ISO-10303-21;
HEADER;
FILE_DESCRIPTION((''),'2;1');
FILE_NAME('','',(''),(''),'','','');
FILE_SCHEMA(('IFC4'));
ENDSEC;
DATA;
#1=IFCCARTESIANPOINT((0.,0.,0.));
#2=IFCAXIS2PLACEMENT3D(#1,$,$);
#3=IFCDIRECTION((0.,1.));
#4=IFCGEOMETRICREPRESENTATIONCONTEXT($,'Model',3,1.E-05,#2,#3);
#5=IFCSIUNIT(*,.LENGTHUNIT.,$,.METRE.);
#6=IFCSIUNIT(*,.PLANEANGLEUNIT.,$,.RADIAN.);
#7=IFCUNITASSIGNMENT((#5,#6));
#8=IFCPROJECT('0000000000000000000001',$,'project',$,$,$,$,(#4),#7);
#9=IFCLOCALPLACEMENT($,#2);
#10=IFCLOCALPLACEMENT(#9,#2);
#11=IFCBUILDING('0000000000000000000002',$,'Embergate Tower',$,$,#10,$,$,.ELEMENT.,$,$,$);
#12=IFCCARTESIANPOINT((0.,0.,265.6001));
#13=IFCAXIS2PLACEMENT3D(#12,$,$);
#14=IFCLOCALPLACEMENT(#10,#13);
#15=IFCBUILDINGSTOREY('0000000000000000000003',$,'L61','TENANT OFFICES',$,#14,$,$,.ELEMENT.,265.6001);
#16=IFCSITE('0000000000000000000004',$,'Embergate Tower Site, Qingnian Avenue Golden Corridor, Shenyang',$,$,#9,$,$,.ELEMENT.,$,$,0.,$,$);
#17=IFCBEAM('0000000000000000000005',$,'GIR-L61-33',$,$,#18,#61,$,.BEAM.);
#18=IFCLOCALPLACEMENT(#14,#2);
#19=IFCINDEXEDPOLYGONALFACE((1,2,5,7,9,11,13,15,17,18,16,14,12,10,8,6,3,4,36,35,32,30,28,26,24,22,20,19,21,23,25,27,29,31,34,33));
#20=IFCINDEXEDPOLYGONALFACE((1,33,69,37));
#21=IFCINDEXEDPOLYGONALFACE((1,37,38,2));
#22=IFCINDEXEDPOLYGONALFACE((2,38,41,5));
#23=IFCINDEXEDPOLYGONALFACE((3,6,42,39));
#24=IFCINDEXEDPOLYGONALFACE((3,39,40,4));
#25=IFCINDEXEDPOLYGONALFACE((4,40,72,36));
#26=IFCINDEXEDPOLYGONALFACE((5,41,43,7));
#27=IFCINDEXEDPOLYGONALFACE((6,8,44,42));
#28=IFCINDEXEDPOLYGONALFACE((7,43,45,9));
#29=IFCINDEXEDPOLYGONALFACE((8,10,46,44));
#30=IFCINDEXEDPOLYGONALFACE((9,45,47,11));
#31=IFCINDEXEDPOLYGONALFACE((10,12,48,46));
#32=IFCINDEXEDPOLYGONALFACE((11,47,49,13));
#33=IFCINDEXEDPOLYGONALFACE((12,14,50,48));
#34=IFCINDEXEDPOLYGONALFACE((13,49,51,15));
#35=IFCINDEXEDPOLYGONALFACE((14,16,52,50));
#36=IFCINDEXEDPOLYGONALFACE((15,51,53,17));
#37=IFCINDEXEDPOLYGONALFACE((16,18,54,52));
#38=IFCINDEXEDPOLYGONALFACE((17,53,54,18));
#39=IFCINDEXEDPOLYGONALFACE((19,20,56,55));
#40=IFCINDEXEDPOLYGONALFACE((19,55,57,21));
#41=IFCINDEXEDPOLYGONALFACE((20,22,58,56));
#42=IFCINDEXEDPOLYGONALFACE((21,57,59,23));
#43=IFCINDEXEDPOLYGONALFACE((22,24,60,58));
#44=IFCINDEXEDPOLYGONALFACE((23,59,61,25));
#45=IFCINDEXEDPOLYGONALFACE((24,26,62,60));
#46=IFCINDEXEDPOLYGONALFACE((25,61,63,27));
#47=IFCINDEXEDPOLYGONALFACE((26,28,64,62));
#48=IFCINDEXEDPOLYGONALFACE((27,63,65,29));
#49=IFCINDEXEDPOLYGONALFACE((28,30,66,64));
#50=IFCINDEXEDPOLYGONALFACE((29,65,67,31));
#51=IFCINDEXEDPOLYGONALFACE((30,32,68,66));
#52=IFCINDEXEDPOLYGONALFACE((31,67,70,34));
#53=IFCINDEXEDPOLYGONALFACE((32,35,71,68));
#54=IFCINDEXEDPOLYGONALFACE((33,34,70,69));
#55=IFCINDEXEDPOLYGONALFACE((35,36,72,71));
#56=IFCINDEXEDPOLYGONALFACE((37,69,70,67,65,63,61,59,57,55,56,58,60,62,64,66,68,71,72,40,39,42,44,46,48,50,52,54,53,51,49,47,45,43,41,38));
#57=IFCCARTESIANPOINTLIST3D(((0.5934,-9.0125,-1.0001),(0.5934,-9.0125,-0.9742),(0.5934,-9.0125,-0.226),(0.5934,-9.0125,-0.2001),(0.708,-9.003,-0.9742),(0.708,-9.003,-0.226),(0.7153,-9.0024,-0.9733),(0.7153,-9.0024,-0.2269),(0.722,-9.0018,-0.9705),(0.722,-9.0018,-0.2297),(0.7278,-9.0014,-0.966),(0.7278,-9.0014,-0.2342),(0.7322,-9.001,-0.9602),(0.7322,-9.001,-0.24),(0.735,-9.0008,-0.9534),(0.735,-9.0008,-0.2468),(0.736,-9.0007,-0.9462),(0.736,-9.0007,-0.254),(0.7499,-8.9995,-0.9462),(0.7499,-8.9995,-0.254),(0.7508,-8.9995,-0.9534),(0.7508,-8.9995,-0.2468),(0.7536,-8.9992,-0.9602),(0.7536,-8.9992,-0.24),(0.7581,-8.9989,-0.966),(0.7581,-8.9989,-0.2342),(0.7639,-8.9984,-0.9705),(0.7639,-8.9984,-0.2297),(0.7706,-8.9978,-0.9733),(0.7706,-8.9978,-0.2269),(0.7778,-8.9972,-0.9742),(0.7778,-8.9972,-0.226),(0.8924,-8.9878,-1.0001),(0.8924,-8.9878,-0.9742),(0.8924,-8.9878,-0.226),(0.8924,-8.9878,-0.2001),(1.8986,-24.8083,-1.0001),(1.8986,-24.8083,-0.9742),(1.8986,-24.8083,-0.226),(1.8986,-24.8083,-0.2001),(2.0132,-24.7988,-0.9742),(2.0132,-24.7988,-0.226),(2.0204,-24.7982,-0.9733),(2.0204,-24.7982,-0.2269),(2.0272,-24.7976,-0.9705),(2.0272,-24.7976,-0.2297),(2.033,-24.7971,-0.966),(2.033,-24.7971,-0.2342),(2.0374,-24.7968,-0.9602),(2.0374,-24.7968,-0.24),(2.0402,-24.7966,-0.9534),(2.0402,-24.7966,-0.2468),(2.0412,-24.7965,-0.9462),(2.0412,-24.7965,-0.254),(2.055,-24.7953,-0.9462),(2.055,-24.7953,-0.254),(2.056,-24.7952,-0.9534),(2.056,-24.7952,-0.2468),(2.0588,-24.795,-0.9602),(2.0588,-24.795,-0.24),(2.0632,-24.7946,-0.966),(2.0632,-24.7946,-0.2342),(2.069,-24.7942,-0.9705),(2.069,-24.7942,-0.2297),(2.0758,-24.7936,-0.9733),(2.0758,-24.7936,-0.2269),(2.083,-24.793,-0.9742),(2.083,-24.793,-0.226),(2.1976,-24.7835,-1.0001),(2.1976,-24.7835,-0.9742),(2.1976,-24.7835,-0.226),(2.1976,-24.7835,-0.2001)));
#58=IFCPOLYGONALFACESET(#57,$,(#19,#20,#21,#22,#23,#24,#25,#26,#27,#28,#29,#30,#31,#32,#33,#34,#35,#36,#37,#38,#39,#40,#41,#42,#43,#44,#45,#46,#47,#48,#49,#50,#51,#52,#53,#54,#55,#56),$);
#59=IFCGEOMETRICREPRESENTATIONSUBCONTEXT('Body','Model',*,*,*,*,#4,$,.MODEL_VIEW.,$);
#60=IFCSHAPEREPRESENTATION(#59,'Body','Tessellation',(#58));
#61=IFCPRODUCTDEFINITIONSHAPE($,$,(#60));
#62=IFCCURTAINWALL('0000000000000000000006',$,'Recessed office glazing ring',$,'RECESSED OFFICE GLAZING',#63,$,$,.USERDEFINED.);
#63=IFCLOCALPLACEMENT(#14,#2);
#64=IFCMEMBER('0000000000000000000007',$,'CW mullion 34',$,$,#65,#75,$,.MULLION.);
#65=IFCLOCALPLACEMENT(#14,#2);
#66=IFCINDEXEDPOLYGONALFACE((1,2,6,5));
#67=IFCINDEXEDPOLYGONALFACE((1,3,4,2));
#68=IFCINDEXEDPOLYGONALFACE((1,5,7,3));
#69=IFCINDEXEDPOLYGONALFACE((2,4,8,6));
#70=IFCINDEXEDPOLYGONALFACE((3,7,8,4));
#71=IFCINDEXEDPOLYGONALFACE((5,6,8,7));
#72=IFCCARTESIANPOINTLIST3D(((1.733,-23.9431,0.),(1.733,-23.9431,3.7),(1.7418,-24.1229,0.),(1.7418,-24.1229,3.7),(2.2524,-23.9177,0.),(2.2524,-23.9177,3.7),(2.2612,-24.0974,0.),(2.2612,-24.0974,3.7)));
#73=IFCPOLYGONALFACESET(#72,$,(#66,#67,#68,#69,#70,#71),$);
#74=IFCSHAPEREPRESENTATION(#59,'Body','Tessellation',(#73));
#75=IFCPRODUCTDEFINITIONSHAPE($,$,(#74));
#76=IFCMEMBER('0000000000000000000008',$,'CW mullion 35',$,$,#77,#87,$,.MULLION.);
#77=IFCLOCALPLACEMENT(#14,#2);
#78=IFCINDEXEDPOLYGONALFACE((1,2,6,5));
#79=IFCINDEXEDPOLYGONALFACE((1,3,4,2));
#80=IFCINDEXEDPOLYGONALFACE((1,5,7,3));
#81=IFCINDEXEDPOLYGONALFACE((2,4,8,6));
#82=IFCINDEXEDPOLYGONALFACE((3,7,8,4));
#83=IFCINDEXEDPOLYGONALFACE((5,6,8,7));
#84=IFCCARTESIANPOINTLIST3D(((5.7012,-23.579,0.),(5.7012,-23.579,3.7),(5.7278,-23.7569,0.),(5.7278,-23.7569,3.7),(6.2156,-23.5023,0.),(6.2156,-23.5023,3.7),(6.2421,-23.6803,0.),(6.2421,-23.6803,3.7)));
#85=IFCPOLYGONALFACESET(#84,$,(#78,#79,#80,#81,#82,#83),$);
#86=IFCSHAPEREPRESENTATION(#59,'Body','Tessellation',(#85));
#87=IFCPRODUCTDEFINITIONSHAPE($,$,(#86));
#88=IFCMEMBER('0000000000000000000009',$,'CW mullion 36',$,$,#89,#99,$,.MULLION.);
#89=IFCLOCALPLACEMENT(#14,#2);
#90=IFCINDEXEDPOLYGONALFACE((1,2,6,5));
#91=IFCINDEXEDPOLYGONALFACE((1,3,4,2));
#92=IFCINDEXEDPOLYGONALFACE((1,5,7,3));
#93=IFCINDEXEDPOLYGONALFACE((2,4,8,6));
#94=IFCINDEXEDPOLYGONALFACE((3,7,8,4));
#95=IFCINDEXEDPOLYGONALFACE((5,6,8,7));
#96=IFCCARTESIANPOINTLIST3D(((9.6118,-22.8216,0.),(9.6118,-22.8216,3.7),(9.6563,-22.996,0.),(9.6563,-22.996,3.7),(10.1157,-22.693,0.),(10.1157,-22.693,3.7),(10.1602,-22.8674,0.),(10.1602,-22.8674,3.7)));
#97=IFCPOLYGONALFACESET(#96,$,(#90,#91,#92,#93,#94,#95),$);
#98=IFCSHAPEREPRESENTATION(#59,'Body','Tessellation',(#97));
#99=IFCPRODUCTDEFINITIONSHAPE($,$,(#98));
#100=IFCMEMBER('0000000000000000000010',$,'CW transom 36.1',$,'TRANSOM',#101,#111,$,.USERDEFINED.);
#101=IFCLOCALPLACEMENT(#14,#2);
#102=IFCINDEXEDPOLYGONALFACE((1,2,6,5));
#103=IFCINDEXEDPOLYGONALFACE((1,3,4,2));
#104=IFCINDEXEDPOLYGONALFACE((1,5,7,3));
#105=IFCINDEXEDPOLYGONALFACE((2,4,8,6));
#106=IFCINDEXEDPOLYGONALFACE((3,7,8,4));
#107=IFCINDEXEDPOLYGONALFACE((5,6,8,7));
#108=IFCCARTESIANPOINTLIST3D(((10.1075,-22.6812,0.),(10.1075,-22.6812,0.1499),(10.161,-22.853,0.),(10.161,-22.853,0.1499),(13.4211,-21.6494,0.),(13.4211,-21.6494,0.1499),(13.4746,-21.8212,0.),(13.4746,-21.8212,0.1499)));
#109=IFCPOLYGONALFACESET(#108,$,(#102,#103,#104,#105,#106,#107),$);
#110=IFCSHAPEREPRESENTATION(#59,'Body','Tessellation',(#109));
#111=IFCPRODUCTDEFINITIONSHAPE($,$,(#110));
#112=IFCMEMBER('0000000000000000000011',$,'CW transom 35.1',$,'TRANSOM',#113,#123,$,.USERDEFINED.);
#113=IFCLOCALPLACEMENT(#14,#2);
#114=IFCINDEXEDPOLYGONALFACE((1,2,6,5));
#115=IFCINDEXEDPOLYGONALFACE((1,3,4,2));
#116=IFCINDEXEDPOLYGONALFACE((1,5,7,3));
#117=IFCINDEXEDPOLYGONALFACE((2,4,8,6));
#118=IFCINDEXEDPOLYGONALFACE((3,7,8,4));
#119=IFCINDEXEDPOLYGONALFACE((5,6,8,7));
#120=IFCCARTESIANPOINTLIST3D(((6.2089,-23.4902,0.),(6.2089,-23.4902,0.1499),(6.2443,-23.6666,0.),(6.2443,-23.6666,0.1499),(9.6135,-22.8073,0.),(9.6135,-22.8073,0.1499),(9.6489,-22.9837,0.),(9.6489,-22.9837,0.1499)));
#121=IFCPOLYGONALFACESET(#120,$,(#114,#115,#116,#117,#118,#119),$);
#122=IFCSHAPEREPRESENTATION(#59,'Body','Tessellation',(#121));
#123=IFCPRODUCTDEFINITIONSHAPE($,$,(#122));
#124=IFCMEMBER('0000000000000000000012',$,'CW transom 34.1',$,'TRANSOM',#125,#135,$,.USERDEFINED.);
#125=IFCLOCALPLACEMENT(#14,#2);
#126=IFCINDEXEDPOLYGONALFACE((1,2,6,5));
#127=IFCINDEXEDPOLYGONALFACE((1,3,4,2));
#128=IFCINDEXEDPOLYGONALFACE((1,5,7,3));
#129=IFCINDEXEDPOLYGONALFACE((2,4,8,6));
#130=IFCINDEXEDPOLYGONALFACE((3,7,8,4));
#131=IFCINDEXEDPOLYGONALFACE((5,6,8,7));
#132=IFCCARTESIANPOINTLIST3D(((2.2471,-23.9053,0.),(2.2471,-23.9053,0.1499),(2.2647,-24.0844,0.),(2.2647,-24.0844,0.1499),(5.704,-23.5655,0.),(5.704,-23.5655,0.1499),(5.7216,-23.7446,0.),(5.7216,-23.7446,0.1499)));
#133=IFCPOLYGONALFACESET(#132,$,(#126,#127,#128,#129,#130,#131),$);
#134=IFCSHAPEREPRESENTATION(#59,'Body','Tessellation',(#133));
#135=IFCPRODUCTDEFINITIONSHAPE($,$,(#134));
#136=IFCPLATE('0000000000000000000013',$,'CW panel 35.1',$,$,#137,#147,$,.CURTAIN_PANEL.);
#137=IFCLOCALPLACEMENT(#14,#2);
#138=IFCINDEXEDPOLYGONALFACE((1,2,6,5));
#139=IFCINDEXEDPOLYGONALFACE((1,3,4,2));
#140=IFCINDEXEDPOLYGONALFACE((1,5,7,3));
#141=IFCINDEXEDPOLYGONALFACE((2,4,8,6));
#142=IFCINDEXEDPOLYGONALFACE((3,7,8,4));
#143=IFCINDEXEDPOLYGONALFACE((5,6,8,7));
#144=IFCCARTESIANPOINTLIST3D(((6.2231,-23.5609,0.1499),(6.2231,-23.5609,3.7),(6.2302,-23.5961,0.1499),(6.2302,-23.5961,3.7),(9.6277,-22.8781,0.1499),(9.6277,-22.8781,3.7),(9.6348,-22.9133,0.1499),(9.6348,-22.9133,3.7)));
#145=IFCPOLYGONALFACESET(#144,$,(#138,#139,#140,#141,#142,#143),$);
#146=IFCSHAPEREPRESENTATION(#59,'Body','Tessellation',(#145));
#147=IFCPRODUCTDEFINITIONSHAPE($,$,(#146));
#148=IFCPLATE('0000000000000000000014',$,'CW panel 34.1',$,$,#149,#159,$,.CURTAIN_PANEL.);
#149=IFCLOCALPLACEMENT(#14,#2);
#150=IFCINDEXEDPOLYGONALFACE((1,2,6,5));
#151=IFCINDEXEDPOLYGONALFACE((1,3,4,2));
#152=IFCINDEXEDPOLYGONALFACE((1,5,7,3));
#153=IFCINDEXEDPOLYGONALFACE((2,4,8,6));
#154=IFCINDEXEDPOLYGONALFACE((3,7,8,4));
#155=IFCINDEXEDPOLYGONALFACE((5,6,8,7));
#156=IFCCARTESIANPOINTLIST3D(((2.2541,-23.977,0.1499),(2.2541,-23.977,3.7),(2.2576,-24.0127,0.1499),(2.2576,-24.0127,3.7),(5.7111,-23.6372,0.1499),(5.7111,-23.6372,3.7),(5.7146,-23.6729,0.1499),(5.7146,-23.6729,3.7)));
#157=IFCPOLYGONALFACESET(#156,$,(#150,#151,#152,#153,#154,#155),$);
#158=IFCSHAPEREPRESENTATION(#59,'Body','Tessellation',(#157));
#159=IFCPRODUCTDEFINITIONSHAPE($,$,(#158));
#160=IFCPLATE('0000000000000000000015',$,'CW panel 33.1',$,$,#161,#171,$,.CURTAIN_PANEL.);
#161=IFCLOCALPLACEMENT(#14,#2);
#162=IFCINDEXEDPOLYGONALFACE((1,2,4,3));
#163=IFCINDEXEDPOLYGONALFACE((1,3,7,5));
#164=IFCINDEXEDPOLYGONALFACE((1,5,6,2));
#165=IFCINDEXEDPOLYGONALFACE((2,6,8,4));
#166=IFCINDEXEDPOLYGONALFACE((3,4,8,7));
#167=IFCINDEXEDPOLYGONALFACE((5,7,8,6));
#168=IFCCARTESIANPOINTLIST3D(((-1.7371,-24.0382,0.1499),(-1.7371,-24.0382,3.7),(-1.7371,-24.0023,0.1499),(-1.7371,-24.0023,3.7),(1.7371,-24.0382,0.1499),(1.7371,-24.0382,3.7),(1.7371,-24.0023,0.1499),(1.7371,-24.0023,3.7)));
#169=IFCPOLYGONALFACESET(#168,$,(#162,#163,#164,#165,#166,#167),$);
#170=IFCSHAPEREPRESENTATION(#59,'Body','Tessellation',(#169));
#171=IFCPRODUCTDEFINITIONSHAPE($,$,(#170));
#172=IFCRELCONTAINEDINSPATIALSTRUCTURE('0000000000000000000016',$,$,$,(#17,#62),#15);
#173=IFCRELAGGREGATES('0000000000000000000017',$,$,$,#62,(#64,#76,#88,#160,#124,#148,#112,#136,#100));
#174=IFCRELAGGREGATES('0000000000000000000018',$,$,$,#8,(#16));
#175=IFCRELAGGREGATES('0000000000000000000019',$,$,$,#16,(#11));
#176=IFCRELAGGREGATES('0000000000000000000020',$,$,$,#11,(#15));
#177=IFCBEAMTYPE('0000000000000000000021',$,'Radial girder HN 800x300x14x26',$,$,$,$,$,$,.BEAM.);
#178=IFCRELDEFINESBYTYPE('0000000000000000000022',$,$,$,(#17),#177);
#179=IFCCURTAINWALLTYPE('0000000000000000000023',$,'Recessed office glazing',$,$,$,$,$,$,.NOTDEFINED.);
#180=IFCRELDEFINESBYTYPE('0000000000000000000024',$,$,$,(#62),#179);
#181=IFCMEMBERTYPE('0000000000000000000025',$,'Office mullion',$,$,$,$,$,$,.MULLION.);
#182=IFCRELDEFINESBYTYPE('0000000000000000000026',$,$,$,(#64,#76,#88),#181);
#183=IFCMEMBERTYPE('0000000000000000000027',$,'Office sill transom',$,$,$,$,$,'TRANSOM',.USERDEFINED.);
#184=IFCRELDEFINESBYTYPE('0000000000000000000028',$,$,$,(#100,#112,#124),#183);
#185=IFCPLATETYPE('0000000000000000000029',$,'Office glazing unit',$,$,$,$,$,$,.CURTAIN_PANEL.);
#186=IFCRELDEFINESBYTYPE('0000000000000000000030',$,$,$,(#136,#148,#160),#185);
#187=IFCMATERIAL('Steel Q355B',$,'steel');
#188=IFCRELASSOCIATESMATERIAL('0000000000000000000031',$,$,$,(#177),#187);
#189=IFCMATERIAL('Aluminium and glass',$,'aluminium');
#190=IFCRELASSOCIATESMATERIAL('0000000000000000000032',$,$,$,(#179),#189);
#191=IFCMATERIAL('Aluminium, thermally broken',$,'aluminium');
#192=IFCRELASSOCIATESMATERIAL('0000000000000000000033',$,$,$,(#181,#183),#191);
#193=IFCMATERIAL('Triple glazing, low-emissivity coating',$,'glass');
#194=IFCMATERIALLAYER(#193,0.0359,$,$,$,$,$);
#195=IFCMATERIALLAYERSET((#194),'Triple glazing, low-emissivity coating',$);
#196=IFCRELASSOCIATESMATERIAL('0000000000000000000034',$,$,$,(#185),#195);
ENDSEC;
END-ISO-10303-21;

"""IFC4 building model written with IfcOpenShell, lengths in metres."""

from ifc_helpers import new_model, si_unit, direction, frame, origin, origin_2d, place, context, subcontext, project, spatial, rectangle, i_section, extrude, source, transform, mapped, material, layer, layer_set, material_profile, profile_set, type_object, element, aggregate, save


model = new_model("IFC4")

# Units and contexts
model_context = context("Model", 3, precision=1e-05, world=origin(), true_north=direction((0.0, 1.0)))
body_context = subcontext(model_context, "Body", "Model", "MODEL_VIEW")
ifc_project = project(units=[si_unit("LENGTHUNIT", "METRE"), si_unit("PLANEANGLEUNIT", "RADIAN")], contexts=[model_context])

# Site, building, storey
site_placement = place(None, origin())
site = spatial("IfcSite", under=ifc_project, at=site_placement, Name="Embergate Tower Site, Qingnian Avenue Golden Corridor, Shenyang", CompositionType="ELEMENT", RefElevation=0.0)
building_placement = place(site_placement, origin())
building = spatial("IfcBuilding", under=site, at=building_placement, Name="Embergate Tower", CompositionType="ELEMENT")
storey_placement = place(building_placement, frame((0.0, 0.0, 265.6001)))
storey = spatial("IfcBuildingStorey", under=building, at=storey_placement, Name="L61", Description="TENANT OFFICES", CompositionType="ELEMENT", Elevation=265.6001)

# Beam
ifc_material_1 = material(Name="Steel Q355B", Category="steel")
ifc_material_profile_1 = material_profile(ifc_material_1, i_section(OverallWidth=0.3, OverallDepth=0.8, WebThickness=0.0139, FlangeThickness=0.0259, FilletRadius=0.0281, at=origin_2d()), Name="HN 800x300x14x26")
ifc_profile_set_1 = profile_set([ifc_material_profile_1], Name="Steel Q355 grade B")
beam_type_1 = type_object("IfcBeamType", Name="Radial girder HN 800x300x14x26", PredefinedType="BEAM", material=ifc_profile_set_1)
shared_shape_1 = source(origin(), body_context, "Body", "SweptSolid", [
    extrude(i_section(OverallWidth=0.3, OverallDepth=0.8, WebThickness=0.0139, FlangeThickness=0.0259, FilletRadius=0.0281, at=origin_2d()), origin(), (0.0, 0.0, 1.0), 15.8496),
])
beam_1_placement = place(storey_placement, frame((2.0481, -24.7959, -0.6001), z_axis=(-0.082347, 0.996604, 0.0), x_axis=(-0.996604, -0.082347, 0.0)))
element("IfcBeam", 1, at=beam_1_placement, inside=storey, type_object=beam_type_1, Name="GIR-L61-33", PredefinedType="BEAM", context=body_context, shape_type="MappedRepresentation", body=[
    mapped(shared_shape_1, transform((0.0, 0.0, 0.0))),
])

# Curtain wall, members
ifc_material_2 = material(Name="Aluminium and glass", Category="aluminium")
curtain_wall_type = type_object("IfcCurtainWallType", Name="Recessed office glazing", PredefinedType="NOTDEFINED", material=ifc_material_2)
curtain_wall_placement = place(storey_placement, origin())
curtain_wall = element("IfcCurtainWall", 2, at=curtain_wall_placement, inside=storey, type_object=curtain_wall_type, Name="Recessed office glazing ring", ObjectType="RECESSED OFFICE GLAZING", PredefinedType="USERDEFINED")
ifc_material_3 = material(Name="Aluminium, thermally broken", Category="aluminium")
ifc_material_profile_2 = material_profile(ifc_material_3, rectangle(XDim=0.1799, YDim=0.52, at=origin_2d()), Name="AL 520x180")
ifc_profile_set_2 = profile_set([ifc_material_profile_2], Name="Aluminium, thermally broken")
member_type_1 = type_object("IfcMemberType", Name="Office mullion", PredefinedType="MULLION", material=ifc_profile_set_2)
shared_shape_2 = source(origin(), body_context, "Body", "SweptSolid", [
    extrude(rectangle(XDim=0.1799, YDim=0.52, at=origin_2d()), origin(), (0.0, 0.0, 1.0), 3.7),
])
member_1_placement = place(storey_placement, frame((1.9971, -24.0203, 0.0), z_axis=(0.0, 0.0, 1.0), x_axis=(-0.04897, 0.9988, 0.0)))
member_1 = element("IfcMember", 3, at=member_1_placement, type_object=member_type_1, Name="CW mullion 34", PredefinedType="MULLION", context=body_context, shape_type="MappedRepresentation", body=[
    mapped(shared_shape_2, transform((0.0, 0.0, 0.0))),
])
member_2_placement = place(storey_placement, frame((5.9717, -23.6296, 0.0), z_axis=(0.0, 0.0, 1.0), x_axis=(-0.147409, 0.989076, 0.0)))
member_2 = element("IfcMember", 4, at=member_2_placement, type_object=member_type_1, Name="CW mullion 35", PredefinedType="MULLION", context=body_context, shape_type="MappedRepresentation", body=[
    mapped(shared_shape_2, transform((0.0, 0.0, 0.0))),
])
member_3_placement = place(storey_placement, frame((9.886, -22.8445, 0.0), z_axis=(0.0, 0.0, 1.0), x_axis=(-0.247307, 0.968937, 0.0)))
member_3 = element("IfcMember", 5, at=member_3_placement, type_object=member_type_1, Name="CW mullion 36", PredefinedType="MULLION", context=body_context, shape_type="MappedRepresentation", body=[
    mapped(shared_shape_2, transform((0.0, 0.0, 0.0))),
])
ifc_material_profile_3 = material_profile(ifc_material_3, rectangle(XDim=0.1799, YDim=0.1499, at=origin_2d()), Name="AL 150x180")
ifc_profile_set_3 = profile_set([ifc_material_profile_3], Name="Aluminium, thermally broken")
member_type_2 = type_object("IfcMemberType", Name="Office sill transom", ElementType="TRANSOM", PredefinedType="USERDEFINED", material=ifc_profile_set_3)
shared_shape_3 = source(origin(), body_context, "Body", "SweptSolid", [
    extrude(rectangle(XDim=0.1799, YDim=0.1499, at=origin_2d()), origin(), (0.0, 0.0, 1.0), 3.4705),
])
member_4_placement = place(storey_placement, frame((10.1343, -22.7671, 0.075), z_axis=(0.954785, 0.297297, 0.0), x_axis=(-0.297297, 0.954785, 0.0)))
member_4 = element("IfcMember", 6, at=member_4_placement, type_object=member_type_2, Name="CW transom 36.1", ObjectType="TRANSOM", PredefinedType="USERDEFINED", context=body_context, shape_type="MappedRepresentation", body=[
    mapped(shared_shape_3, transform((0.0, 0.0, 0.0))),
])
shared_shape_4 = source(origin(), body_context, "Body", "SweptSolid", [
    extrude(rectangle(XDim=0.1799, YDim=0.1499, at=origin_2d()), origin(), (0.0, 0.0, 1.0), 3.4724),
])
member_5_placement = place(storey_placement, frame((6.2266, -23.5784, 0.075), z_axis=(0.980472, 0.196657, 0.0), x_axis=(-0.196657, 0.980472, 0.0)))
member_5 = element("IfcMember", 7, at=member_5_placement, type_object=member_type_2, Name="CW transom 35.1", ObjectType="TRANSOM", PredefinedType="USERDEFINED", context=body_context, shape_type="MappedRepresentation", body=[
    mapped(shared_shape_4, transform((0.0, 0.0, 0.0))),
])
shared_shape_5 = source(origin(), body_context, "Body", "SweptSolid", [
    extrude(rectangle(XDim=0.1799, YDim=0.1499, at=origin_2d()), origin(), (0.0, 0.0, 1.0), 3.4736),
])
member_6_placement = place(storey_placement, frame((2.2559, -23.9949, 0.075), z_axis=(0.995203, 0.097833, 0.0), x_axis=(-0.097833, 0.995203, 0.0)))
member_6 = element("IfcMember", 8, at=member_6_placement, type_object=member_type_2, Name="CW transom 34.1", ObjectType="TRANSOM", PredefinedType="USERDEFINED", context=body_context, shape_type="MappedRepresentation", body=[
    mapped(shared_shape_5, transform((0.0, 0.0, 0.0))),
])

# Plates
ifc_material_4 = material(Name="Triple glazing, low-emissivity coating", Category="glass")
ifc_layer_1 = layer(ifc_material_4, 0.0359)
ifc_layer_set_1 = layer_set([ifc_layer_1], Name="Triple glazing, low-emissivity coating")
plate_type = type_object("IfcPlateType", Name="Office glazing unit", PredefinedType="CURTAIN_PANEL", material=ifc_layer_set_1)
shared_shape_6 = source(origin(), body_context, "Body", "SweptSolid", [
    extrude(rectangle(XDim=3.4724, YDim=0.0359, at=origin_2d()), origin(), (0.0, 0.0, 1.0), 3.55),
])
plate_1_placement = place(storey_placement, frame((7.929, -23.2371, 0.1499), z_axis=(0.0, 0.0, 1.0), x_axis=(0.980476, 0.196638, 0.0)))
plate_1 = element("IfcPlate", 9, at=plate_1_placement, type_object=plate_type, Name="CW panel 35.1", PredefinedType="CURTAIN_PANEL", context=body_context, shape_type="MappedRepresentation", body=[
    mapped(shared_shape_6, transform((0.0, 0.0, 0.0))),
])
shared_shape_7 = source(origin(), body_context, "Body", "SweptSolid", [
    extrude(rectangle(XDim=3.4736, YDim=0.0359, at=origin_2d()), origin(), (0.0, 0.0, 1.0), 3.55),
])
plate_2_placement = place(storey_placement, frame((3.9844, -23.825, 0.1499), z_axis=(0.0, 0.0, 1.0), x_axis=(0.995203, 0.097828, 0.0)))
plate_2 = element("IfcPlate", 10, at=plate_2_placement, type_object=plate_type, Name="CW panel 34.1", PredefinedType="CURTAIN_PANEL", context=body_context, shape_type="MappedRepresentation", body=[
    mapped(shared_shape_7, transform((0.0, 0.0, 0.0))),
])
shared_shape_8 = source(origin(), body_context, "Body", "SweptSolid", [
    extrude(rectangle(XDim=3.4741, YDim=0.0359, at=origin_2d()), origin(), (0.0, 0.0, 1.0), 3.55),
])
plate_3_placement = place(storey_placement, frame((0.0, -24.0203, 0.1499), z_axis=(0.0, 0.0, 1.0), x_axis=(1.0, 0.0, 0.0)))
plate_3 = element("IfcPlate", 11, at=plate_3_placement, type_object=plate_type, Name="CW panel 33.1", PredefinedType="CURTAIN_PANEL", context=body_context, shape_type="MappedRepresentation", body=[
    mapped(shared_shape_8, transform((0.0, 0.0, 0.0))),
])
aggregate(curtain_wall, [member_1, member_2, member_3, plate_3, member_6, plate_2, member_5, plate_1, member_4])

save(model, "model.ifc")
